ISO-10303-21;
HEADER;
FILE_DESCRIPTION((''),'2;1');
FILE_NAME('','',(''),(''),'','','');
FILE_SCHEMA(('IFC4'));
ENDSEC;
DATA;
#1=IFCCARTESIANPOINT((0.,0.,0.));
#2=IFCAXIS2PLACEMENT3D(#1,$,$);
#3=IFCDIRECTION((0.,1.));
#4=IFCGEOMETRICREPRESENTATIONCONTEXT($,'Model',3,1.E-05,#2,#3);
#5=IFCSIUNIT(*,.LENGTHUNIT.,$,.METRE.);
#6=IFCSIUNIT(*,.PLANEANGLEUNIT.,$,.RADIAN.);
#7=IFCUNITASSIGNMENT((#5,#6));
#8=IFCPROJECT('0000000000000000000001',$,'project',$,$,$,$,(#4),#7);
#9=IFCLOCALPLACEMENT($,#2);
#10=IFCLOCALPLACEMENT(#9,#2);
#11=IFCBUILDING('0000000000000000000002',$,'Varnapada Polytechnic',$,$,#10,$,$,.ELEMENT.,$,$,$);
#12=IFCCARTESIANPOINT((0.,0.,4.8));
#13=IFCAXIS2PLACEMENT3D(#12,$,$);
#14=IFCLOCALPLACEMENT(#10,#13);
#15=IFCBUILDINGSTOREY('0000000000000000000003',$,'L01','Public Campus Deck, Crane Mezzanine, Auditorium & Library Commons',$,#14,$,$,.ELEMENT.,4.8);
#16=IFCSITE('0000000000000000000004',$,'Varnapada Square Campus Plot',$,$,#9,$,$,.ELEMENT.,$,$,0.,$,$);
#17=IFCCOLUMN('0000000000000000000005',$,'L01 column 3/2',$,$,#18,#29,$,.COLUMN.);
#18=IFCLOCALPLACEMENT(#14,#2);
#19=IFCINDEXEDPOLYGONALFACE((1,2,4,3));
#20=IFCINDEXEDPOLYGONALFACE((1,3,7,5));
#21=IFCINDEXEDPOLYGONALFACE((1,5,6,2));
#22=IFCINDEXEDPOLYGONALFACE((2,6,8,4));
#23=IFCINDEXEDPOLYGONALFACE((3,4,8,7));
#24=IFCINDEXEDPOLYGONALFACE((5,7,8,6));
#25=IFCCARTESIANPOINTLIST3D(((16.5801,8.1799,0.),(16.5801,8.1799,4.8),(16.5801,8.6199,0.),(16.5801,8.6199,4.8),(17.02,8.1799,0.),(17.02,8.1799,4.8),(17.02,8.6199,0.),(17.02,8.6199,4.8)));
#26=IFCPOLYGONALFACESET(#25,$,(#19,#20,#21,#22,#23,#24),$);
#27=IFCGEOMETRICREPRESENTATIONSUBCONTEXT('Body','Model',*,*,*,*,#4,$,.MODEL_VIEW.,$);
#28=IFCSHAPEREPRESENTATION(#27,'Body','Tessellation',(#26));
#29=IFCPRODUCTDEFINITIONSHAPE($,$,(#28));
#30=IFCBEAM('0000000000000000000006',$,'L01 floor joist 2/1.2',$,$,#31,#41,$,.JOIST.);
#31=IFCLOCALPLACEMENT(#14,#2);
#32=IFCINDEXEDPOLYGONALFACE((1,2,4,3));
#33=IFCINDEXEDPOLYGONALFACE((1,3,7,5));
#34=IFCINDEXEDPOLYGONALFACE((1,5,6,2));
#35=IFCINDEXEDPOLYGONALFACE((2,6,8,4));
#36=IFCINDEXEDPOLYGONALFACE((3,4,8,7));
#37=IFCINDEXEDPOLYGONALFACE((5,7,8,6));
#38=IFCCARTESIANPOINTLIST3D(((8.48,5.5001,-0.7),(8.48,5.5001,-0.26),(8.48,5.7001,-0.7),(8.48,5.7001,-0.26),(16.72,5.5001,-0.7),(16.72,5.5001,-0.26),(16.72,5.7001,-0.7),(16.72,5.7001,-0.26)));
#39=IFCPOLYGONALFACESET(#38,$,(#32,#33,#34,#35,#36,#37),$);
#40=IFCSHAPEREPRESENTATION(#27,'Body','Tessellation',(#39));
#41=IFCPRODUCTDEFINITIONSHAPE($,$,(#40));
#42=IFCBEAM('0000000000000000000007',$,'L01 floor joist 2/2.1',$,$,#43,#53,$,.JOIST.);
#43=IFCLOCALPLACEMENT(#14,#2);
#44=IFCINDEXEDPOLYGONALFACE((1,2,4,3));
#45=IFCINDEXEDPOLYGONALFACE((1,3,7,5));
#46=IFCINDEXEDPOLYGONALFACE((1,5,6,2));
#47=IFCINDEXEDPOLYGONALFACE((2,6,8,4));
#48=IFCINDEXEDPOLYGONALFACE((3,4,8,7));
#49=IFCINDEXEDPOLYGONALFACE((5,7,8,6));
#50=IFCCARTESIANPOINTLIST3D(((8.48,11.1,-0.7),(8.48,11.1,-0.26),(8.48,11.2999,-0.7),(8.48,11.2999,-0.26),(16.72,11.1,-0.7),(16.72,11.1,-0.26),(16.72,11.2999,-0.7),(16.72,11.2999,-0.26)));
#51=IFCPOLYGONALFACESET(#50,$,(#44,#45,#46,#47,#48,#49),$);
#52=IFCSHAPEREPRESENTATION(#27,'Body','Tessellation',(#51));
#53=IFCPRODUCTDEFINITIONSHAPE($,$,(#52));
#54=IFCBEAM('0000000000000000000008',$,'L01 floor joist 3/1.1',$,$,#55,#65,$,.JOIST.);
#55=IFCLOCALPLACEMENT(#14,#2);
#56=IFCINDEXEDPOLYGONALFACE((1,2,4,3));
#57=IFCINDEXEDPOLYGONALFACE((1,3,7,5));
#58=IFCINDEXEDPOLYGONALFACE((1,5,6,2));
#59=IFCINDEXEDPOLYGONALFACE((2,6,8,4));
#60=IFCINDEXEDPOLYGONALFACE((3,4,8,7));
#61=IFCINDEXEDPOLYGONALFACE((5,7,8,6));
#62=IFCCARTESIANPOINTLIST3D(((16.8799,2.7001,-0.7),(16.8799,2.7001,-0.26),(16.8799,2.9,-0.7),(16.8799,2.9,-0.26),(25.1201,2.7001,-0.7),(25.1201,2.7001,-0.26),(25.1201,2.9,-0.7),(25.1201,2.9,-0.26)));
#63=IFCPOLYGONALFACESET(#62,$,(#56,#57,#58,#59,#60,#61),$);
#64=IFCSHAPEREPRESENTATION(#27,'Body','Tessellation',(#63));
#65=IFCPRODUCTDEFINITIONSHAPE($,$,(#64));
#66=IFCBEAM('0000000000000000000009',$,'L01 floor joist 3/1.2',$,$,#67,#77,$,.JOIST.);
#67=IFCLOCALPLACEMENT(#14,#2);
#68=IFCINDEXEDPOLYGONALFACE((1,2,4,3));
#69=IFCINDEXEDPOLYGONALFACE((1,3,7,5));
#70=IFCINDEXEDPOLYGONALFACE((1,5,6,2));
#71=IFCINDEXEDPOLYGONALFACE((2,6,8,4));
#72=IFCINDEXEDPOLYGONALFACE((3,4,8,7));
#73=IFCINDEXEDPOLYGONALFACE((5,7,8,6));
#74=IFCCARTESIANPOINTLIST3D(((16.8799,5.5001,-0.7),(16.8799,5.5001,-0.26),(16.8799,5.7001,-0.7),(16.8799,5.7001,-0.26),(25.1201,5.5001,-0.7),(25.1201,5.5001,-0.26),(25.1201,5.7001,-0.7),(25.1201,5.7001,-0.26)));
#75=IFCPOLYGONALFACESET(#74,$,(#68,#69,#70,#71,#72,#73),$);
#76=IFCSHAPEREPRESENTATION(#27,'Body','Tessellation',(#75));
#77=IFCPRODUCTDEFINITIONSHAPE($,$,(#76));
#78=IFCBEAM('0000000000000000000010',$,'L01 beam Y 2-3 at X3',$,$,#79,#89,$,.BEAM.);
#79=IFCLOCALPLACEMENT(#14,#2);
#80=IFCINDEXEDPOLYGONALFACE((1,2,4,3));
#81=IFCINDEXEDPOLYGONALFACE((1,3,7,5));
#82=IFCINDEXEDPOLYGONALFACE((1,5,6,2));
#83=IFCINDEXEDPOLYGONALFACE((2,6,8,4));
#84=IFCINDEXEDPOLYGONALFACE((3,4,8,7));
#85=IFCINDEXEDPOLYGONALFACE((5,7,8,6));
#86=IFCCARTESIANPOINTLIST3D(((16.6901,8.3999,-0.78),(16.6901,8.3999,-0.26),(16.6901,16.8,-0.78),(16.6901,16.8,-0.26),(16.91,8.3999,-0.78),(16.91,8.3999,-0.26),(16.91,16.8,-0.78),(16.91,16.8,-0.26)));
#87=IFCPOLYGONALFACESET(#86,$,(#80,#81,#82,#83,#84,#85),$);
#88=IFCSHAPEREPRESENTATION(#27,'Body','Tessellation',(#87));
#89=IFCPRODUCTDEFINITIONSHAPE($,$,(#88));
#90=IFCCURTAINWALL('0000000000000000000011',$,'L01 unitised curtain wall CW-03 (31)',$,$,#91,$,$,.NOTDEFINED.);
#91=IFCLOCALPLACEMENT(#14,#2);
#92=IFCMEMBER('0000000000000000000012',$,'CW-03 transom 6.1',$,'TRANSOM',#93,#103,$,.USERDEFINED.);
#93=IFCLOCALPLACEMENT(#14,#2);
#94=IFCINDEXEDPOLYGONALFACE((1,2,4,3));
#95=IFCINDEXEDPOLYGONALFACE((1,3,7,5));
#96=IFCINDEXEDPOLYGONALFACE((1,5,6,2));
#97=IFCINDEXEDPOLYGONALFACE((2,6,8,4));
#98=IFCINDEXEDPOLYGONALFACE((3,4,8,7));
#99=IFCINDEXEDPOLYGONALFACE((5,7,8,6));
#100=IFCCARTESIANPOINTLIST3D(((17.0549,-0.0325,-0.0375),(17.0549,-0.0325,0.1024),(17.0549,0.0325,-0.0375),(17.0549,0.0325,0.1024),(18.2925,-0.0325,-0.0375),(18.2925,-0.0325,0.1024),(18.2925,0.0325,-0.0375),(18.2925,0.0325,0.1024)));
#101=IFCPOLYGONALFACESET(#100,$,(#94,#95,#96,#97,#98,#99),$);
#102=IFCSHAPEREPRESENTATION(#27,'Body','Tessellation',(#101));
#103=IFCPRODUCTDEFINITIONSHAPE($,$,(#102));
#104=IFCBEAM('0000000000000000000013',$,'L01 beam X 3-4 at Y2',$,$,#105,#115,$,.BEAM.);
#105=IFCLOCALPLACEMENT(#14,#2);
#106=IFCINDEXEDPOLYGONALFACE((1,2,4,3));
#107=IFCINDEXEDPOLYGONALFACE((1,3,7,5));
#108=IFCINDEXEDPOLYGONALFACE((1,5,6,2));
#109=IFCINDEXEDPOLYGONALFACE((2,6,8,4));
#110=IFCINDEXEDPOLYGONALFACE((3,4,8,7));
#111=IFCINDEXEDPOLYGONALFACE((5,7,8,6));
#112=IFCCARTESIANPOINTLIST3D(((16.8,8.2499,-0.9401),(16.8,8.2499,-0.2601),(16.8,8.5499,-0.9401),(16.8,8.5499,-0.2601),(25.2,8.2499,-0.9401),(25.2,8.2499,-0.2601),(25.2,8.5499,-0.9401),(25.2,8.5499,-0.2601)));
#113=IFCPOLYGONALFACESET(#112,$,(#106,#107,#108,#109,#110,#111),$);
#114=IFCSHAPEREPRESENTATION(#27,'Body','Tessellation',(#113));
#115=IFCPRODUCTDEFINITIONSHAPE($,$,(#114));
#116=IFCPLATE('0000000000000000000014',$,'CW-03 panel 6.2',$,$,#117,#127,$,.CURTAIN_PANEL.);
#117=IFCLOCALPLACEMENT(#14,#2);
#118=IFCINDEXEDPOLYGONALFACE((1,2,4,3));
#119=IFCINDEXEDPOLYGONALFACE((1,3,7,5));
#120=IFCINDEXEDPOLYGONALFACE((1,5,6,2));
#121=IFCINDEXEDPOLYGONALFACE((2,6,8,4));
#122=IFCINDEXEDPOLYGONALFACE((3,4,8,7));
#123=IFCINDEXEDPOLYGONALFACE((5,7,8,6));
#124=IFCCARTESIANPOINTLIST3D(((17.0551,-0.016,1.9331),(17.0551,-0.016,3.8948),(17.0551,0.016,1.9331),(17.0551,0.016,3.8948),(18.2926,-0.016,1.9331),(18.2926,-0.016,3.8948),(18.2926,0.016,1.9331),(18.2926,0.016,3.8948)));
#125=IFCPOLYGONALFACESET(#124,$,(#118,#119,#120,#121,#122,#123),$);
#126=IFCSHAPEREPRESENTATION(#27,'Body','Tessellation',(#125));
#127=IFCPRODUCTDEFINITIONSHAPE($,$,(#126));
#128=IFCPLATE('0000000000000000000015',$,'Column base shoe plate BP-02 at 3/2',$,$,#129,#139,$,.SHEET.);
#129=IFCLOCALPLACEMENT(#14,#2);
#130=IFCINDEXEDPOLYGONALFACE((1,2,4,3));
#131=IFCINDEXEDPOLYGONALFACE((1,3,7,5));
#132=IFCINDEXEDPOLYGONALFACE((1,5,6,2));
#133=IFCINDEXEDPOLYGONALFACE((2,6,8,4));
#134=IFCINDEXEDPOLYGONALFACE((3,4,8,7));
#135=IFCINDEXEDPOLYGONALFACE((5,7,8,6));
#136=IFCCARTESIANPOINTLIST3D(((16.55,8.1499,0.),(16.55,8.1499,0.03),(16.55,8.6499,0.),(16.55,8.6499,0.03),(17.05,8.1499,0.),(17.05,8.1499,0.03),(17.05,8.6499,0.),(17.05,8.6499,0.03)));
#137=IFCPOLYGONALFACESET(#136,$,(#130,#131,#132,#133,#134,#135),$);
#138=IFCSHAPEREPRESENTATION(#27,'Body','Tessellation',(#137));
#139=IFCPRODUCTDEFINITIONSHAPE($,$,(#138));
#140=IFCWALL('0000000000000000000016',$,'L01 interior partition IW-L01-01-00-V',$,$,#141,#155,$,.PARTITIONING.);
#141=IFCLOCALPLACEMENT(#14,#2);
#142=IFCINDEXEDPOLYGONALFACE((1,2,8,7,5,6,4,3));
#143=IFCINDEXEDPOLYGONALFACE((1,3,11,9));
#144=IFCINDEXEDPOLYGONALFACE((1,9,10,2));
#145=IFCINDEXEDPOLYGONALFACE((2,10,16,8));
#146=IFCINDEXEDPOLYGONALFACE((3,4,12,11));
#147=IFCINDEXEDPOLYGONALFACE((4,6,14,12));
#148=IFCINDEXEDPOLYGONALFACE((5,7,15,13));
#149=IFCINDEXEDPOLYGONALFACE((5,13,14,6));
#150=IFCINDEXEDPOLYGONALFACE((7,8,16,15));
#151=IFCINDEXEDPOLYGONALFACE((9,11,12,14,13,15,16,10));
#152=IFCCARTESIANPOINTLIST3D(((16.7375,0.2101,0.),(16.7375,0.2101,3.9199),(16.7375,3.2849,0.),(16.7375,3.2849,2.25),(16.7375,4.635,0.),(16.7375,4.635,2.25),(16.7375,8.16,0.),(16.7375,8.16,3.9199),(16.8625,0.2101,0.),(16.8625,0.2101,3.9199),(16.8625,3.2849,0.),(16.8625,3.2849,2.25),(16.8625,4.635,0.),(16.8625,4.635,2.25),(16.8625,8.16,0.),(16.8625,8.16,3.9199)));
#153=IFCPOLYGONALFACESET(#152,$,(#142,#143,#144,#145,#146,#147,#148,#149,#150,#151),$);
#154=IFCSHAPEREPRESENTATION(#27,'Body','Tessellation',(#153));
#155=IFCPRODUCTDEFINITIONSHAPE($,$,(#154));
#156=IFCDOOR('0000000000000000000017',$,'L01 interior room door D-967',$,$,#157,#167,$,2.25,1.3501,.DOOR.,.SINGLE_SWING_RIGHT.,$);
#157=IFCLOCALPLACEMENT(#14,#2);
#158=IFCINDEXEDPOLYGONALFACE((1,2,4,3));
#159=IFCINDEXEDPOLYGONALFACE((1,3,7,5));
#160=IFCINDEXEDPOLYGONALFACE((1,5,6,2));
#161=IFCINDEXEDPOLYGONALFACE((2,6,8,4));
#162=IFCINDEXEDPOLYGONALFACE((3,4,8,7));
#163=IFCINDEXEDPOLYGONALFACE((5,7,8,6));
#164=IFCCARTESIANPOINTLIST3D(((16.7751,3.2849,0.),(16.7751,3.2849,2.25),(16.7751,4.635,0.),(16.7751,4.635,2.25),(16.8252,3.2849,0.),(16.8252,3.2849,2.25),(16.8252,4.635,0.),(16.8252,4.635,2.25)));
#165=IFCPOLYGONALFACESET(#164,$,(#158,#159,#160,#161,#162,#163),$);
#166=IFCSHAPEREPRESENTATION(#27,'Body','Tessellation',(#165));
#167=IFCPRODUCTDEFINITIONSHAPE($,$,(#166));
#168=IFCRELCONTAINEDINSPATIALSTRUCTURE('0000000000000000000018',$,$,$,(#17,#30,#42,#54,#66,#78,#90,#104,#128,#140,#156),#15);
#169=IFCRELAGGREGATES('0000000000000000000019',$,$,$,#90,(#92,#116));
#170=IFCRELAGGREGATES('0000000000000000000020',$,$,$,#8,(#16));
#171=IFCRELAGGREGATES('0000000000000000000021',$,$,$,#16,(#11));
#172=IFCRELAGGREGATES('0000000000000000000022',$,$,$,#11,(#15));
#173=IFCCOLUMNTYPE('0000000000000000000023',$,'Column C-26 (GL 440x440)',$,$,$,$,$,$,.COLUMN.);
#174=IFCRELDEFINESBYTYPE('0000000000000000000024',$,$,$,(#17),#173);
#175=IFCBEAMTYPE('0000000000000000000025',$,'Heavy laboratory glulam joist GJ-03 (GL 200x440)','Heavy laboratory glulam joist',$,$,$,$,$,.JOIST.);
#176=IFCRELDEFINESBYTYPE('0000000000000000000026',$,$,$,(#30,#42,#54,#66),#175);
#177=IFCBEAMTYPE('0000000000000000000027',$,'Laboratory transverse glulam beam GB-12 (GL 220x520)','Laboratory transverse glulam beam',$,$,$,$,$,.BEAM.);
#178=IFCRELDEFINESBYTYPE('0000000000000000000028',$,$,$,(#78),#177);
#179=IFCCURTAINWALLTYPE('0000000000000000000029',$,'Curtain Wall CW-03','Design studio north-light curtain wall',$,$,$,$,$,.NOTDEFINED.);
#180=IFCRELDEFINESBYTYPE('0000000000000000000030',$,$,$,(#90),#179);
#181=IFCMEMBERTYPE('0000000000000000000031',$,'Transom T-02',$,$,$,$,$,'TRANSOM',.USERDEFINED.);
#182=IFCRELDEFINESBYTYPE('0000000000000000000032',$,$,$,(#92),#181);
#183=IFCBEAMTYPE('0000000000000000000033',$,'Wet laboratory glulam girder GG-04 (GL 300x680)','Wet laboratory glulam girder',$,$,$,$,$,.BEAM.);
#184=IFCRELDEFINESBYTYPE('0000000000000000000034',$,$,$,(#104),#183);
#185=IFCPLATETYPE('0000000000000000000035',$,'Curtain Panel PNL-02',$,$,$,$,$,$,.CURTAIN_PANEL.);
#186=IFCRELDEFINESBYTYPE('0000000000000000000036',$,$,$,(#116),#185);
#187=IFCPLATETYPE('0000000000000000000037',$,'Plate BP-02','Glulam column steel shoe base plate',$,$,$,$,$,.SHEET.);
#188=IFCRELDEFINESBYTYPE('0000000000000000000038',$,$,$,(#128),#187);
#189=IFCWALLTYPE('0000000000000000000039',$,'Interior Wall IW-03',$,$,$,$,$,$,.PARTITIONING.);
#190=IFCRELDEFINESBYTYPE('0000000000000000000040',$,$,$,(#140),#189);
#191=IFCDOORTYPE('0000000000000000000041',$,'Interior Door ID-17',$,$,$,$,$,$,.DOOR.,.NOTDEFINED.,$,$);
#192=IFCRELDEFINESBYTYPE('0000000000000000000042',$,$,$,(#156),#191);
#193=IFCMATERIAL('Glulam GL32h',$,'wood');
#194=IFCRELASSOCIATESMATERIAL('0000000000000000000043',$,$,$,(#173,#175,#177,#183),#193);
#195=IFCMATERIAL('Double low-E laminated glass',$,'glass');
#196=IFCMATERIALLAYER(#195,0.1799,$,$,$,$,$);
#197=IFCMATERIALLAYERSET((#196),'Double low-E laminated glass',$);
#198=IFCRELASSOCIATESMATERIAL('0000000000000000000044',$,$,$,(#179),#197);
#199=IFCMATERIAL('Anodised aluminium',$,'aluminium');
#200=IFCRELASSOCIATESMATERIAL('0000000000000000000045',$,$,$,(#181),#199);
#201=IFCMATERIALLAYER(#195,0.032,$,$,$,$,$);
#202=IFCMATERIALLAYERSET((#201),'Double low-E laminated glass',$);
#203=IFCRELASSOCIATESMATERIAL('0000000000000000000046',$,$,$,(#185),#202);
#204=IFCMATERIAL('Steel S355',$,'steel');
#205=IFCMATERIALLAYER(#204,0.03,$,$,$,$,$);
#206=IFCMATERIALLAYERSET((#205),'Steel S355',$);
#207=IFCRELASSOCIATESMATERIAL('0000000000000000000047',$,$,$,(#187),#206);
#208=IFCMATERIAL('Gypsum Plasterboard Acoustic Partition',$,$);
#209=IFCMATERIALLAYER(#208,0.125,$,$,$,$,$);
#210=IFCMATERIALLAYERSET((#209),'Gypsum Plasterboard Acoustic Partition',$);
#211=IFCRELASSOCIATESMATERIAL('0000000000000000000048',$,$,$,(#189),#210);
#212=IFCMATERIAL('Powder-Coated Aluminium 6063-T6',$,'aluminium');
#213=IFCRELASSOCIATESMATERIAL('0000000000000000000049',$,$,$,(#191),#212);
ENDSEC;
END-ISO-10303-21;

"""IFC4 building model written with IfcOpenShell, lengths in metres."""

from ifc_helpers import new_model, si_unit, direction, frame, frame_2d, origin, origin_2d, place, context, subcontext, project, spatial, rectangle, extrude, material, layer, layer_set, material_profile, profile_set, type_object, element, fill, aggregate, save


model = new_model("IFC4")

# Units and contexts
model_context = context("Model", 3, precision=1e-05, world=origin(), true_north=direction((0.0, 1.0)))
body_context = subcontext(model_context, "Body", "Model", "MODEL_VIEW")
ifc_project = project(units=[si_unit("LENGTHUNIT", "METRE"), si_unit("PLANEANGLEUNIT", "RADIAN")], contexts=[model_context])

# Site, building, storey
site_placement = place(None, origin())
site = spatial("IfcSite", under=ifc_project, at=site_placement, Name="Varnapada Square Campus Plot", CompositionType="ELEMENT", RefElevation=0.0)
building_placement = place(site_placement, origin())
building = spatial("IfcBuilding", under=site, at=building_placement, Name="Varnapada Polytechnic", CompositionType="ELEMENT")
storey_placement = place(building_placement, frame((0.0, 0.0, 4.8)))
storey = spatial("IfcBuildingStorey", under=building, at=storey_placement, Name="L01", Description="Public Campus Deck, Crane Mezzanine, Auditorium & Library Commons", CompositionType="ELEMENT", Elevation=4.8)

# Column
ifc_material_1 = material(Name="Glulam GL32h", Category="wood")
ifc_material_profile_1 = material_profile(ifc_material_1, rectangle(XDim=0.4399, YDim=0.4399, at=origin_2d()), Name="GL 440x440")
ifc_profile_set_1 = profile_set([ifc_material_profile_1], Name="Glulam GL32h")
column_type = type_object("IfcColumnType", Name="Column C-26 (GL 440x440)", PredefinedType="COLUMN", material=ifc_profile_set_1)
column_placement = place(storey_placement, frame((16.8, 8.3999, 0.0), z_axis=(0.0, 0.0, 1.0), x_axis=(1.0, 0.0, 0.0)))
element("IfcColumn", 1, at=column_placement, inside=storey, type_object=column_type, Name="L01 column 3/2", PredefinedType="COLUMN", context=body_context, shape_type="SweptSolid", body=[
    extrude(rectangle(XDim=0.4399, YDim=0.4399, at=origin_2d()), origin(), (0.0, 0.0, 1.0), 4.8),
])

# Beams
ifc_material_profile_2 = material_profile(ifc_material_1, rectangle(XDim=0.2, YDim=0.4399, at=origin_2d()), Name="GL 200x440")
ifc_profile_set_2 = profile_set([ifc_material_profile_2], Name="Glulam GL32h")
beam_type_1 = type_object("IfcBeamType", Name="Heavy laboratory glulam joist GJ-03 (GL 200x440)", Description="Heavy laboratory glulam joist", PredefinedType="JOIST", material=ifc_profile_set_2)
for number, where, z_axis, x_axis, name in (
    (2, (8.48, 5.6001, -0.48), (1.0, 0.0, 0.0), (0.0, 1.0, 0.0), "L01 floor joist 2/1.2"),
    (3, (8.48, 11.2, -0.48), (1.0, 0.0, 0.0), (0.0, 1.0, 0.0), "L01 floor joist 2/2.1"),
):
    element("IfcBeam", number, at=place(storey_placement, frame(where, z_axis=z_axis, x_axis=x_axis)), inside=storey, type_object=beam_type_1, Name=name, PredefinedType="JOIST", context=body_context, shape_type="SweptSolid", body=[
        extrude(rectangle(XDim=0.2, YDim=0.4399, at=origin_2d()), origin(), (0.0, 0.0, 1.0), 8.24),
    ])
for number, where, z_axis, x_axis, name in (
    (4, (16.8799, 2.8, -0.48), (1.0, 0.0, 0.0), (0.0, 1.0, 0.0), "L01 floor joist 3/1.1"),
    (5, (16.8799, 5.6001, -0.48), (1.0, 0.0, 0.0), (0.0, 1.0, 0.0), "L01 floor joist 3/1.2"),
):
    element("IfcBeam", number, at=place(storey_placement, frame(where, z_axis=z_axis, x_axis=x_axis)), inside=storey, type_object=beam_type_1, Name=name, PredefinedType="JOIST", context=body_context, shape_type="SweptSolid", body=[
        extrude(rectangle(XDim=0.2, YDim=0.4399, at=origin_2d()), origin(), (0.0, 0.0, 1.0), 8.2402),
    ])
ifc_material_profile_3 = material_profile(ifc_material_1, rectangle(XDim=0.22, YDim=0.52, at=origin_2d()), Name="GL 220x520")
ifc_profile_set_3 = profile_set([ifc_material_profile_3], Name="Glulam GL32h")
beam_type_2 = type_object("IfcBeamType", Name="Laboratory transverse glulam beam GB-12 (GL 220x520)", Description="Laboratory transverse glulam beam", PredefinedType="BEAM", material=ifc_profile_set_3)
beam_1_placement = place(storey_placement, frame((16.8, 8.3999, -0.52), z_axis=(0.0, 1.0, 0.0), x_axis=(-1.0, 0.0, 0.0)))
element("IfcBeam", 6, at=beam_1_placement, inside=storey, type_object=beam_type_2, Name="L01 beam Y 2-3 at X3", PredefinedType="BEAM", context=body_context, shape_type="SweptSolid", body=[
    extrude(rectangle(XDim=0.22, YDim=0.52, at=origin_2d()), origin(), (0.0, 0.0, 1.0), 8.4001),
])

# Curtain wall, member
ifc_material_2 = material(Name="Double low-E laminated glass", Category="glass")
ifc_layer_1 = layer(ifc_material_2, 0.1799)
ifc_layer_set_1 = layer_set([ifc_layer_1], Name="Double low-E laminated glass")
curtain_wall_type = type_object("IfcCurtainWallType", Name="Curtain Wall CW-03", Description="Design studio north-light curtain wall", PredefinedType="NOTDEFINED", material=ifc_layer_set_1)
curtain_wall_placement = place(storey_placement, origin())
curtain_wall = element("IfcCurtainWall", 7, at=curtain_wall_placement, inside=storey, type_object=curtain_wall_type, Name="L01 unitised curtain wall CW-03 (31)", PredefinedType="NOTDEFINED")
ifc_material_3 = material(Name="Anodised aluminium", Category="aluminium")
ifc_material_profile_4 = material_profile(ifc_material_3, rectangle(XDim=0.0649, YDim=0.1399, at=origin_2d()), Name="ALU T65x140")
ifc_profile_set_4 = profile_set([ifc_material_profile_4], Name="Anodised aluminium")
member_type = type_object("IfcMemberType", Name="Transom T-02", ElementType="TRANSOM", PredefinedType="USERDEFINED", material=ifc_profile_set_4)
member_placement = place(storey_placement, frame((18.2925, 0.0, 0.0325), z_axis=(-1.0, 0.0, 0.0), x_axis=(0.0, -1.0, 0.0)))
member = element("IfcMember", 8, at=member_placement, type_object=member_type, Name="CW-03 transom 6.1", ObjectType="TRANSOM", PredefinedType="USERDEFINED", context=body_context, shape_type="SweptSolid", body=[
    extrude(rectangle(XDim=0.0649, YDim=0.1399, at=origin_2d()), origin(), (0.0, 0.0, 1.0), 1.2375),
])

# Beam
ifc_material_profile_5 = material_profile(ifc_material_1, rectangle(XDim=0.3, YDim=0.6799, at=origin_2d()), Name="GL 300x680")
ifc_profile_set_5 = profile_set([ifc_material_profile_5], Name="Glulam GL32h")
beam_type_3 = type_object("IfcBeamType", Name="Wet laboratory glulam girder GG-04 (GL 300x680)", Description="Wet laboratory glulam girder", PredefinedType="BEAM", material=ifc_profile_set_5)
beam_2_placement = place(storey_placement, frame((16.8, 8.3999, -0.6001), z_axis=(1.0, 0.0, 0.0), x_axis=(0.0, 1.0, 0.0)))
element("IfcBeam", 9, at=beam_2_placement, inside=storey, type_object=beam_type_3, Name="L01 beam X 3-4 at Y2", PredefinedType="BEAM", context=body_context, shape_type="SweptSolid", body=[
    extrude(rectangle(XDim=0.3, YDim=0.6799, at=origin_2d()), origin(), (0.0, 0.0, 1.0), 8.3999),
])

# Plates
ifc_layer_2 = layer(ifc_material_2, 0.032)
ifc_layer_set_2 = layer_set([ifc_layer_2], Name="Double low-E laminated glass")
plate_type_1 = type_object("IfcPlateType", Name="Curtain Panel PNL-02", PredefinedType="CURTAIN_PANEL", material=ifc_layer_set_2)
plate_1_placement = place(storey_placement, frame((17.6738, 0.0, 1.9331), z_axis=(0.0, 0.0, 1.0), x_axis=(-1.0, 0.0, 0.0)))
plate_1 = element("IfcPlate", 10, at=plate_1_placement, type_object=plate_type_1, Name="CW-03 panel 6.2", PredefinedType="CURTAIN_PANEL", context=body_context, shape_type="SweptSolid", body=[
    extrude(rectangle(XDim=1.2375, YDim=0.032, at=origin_2d()), origin(), (0.0, 0.0, 1.0), 1.9617),
])
aggregate(curtain_wall, [member, plate_1])
ifc_material_4 = material(Name="Steel S355", Category="steel")
ifc_layer_3 = layer(ifc_material_4, 0.03)
ifc_layer_set_3 = layer_set([ifc_layer_3], Name="Steel S355")
plate_type_2 = type_object("IfcPlateType", Name="Plate BP-02", Description="Glulam column steel shoe base plate", PredefinedType="SHEET", material=ifc_layer_set_3)
plate_2_placement = place(storey_placement, frame((16.8, 8.3999, 0.0), z_axis=(0.0, 0.0, 1.0), x_axis=(1.0, 0.0, 0.0)))
element("IfcPlate", 11, at=plate_2_placement, inside=storey, type_object=plate_type_2, Name="Column base shoe plate BP-02 at 3/2", PredefinedType="SHEET", context=body_context, shape_type="SweptSolid", body=[
    extrude(rectangle(XDim=0.5, YDim=0.5, at=origin_2d()), origin(), (0.0, 0.0, 1.0), 0.03),
])

# Wall, opening, door
ifc_material_5 = material(Name="Gypsum Plasterboard Acoustic Partition")
ifc_layer_4 = layer(ifc_material_5, 0.125)
ifc_layer_set_4 = layer_set([ifc_layer_4], Name="Gypsum Plasterboard Acoustic Partition")
wall_type_1 = type_object("IfcWallType", Name="Interior Wall IW-03", PredefinedType="PARTITIONING", material=ifc_layer_set_4)
wall_1_placement = place(storey_placement, frame((16.8, 0.21, 0.0), z_axis=(0.0, 0.0, 1.0), x_axis=(0.0, 1.0, 0.0)))
wall_1 = element("IfcWall", 12, at=wall_1_placement, inside=storey, type_object=wall_type_1, Name="L01 interior partition IW-L01-01-00-V", PredefinedType="PARTITIONING", context=body_context, shape_type="SweptSolid", body=[
    extrude(rectangle(XDim=7.95, YDim=0.125, at=frame_2d((3.9751, 0.0))), origin(), (0.0, 0.0, 1.0), 3.9199),
])
opening_1_placement = place(wall_1_placement, frame((3.075, 0.0, 0.0)))
opening_1 = element("IfcOpeningElement", 13, at=opening_1_placement, cuts=wall_1, PredefinedType="OPENING", context=body_context, shape_type="SweptSolid", body=[
    extrude(rectangle(XDim=1.3501, YDim=2.25, at=frame_2d((0.675, 1.125))), frame((0.0, 0.0725, 0.0), z_axis=(0.0, -1.0, 0.0), x_axis=(1.0, 0.0, 0.0)), (0.0, 0.0, 1.0), 0.145),
])
ifc_material_6 = material(Name="Powder-Coated Aluminium 6063-T6", Category="aluminium")
door_type_1 = type_object("IfcDoorType", Name="Interior Door ID-17", OperationType="NOTDEFINED", PredefinedType="DOOR", material=ifc_material_6)
door_1_placement = place(opening_1_placement, origin())
door_1 = element("IfcDoor", 14, at=door_1_placement, inside=storey, type_object=door_type_1, Name="L01 interior room door D-967", OperationType="SINGLE_SWING_RIGHT", OverallHeight=2.25, OverallWidth=1.3501, PredefinedType="DOOR", context=body_context, shape_type="SweptSolid", body=[
    extrude(rectangle(XDim=1.3501, YDim=2.25, at=frame_2d((0.675, 1.125))), frame((0.0, 0.0249, 0.0), z_axis=(0.0, -1.0, 0.0), x_axis=(1.0, 0.0, 0.0)), (0.0, 0.0, 1.0), 0.05),
])
fill(opening_1, door_1)

save(model, "model.ifc")
